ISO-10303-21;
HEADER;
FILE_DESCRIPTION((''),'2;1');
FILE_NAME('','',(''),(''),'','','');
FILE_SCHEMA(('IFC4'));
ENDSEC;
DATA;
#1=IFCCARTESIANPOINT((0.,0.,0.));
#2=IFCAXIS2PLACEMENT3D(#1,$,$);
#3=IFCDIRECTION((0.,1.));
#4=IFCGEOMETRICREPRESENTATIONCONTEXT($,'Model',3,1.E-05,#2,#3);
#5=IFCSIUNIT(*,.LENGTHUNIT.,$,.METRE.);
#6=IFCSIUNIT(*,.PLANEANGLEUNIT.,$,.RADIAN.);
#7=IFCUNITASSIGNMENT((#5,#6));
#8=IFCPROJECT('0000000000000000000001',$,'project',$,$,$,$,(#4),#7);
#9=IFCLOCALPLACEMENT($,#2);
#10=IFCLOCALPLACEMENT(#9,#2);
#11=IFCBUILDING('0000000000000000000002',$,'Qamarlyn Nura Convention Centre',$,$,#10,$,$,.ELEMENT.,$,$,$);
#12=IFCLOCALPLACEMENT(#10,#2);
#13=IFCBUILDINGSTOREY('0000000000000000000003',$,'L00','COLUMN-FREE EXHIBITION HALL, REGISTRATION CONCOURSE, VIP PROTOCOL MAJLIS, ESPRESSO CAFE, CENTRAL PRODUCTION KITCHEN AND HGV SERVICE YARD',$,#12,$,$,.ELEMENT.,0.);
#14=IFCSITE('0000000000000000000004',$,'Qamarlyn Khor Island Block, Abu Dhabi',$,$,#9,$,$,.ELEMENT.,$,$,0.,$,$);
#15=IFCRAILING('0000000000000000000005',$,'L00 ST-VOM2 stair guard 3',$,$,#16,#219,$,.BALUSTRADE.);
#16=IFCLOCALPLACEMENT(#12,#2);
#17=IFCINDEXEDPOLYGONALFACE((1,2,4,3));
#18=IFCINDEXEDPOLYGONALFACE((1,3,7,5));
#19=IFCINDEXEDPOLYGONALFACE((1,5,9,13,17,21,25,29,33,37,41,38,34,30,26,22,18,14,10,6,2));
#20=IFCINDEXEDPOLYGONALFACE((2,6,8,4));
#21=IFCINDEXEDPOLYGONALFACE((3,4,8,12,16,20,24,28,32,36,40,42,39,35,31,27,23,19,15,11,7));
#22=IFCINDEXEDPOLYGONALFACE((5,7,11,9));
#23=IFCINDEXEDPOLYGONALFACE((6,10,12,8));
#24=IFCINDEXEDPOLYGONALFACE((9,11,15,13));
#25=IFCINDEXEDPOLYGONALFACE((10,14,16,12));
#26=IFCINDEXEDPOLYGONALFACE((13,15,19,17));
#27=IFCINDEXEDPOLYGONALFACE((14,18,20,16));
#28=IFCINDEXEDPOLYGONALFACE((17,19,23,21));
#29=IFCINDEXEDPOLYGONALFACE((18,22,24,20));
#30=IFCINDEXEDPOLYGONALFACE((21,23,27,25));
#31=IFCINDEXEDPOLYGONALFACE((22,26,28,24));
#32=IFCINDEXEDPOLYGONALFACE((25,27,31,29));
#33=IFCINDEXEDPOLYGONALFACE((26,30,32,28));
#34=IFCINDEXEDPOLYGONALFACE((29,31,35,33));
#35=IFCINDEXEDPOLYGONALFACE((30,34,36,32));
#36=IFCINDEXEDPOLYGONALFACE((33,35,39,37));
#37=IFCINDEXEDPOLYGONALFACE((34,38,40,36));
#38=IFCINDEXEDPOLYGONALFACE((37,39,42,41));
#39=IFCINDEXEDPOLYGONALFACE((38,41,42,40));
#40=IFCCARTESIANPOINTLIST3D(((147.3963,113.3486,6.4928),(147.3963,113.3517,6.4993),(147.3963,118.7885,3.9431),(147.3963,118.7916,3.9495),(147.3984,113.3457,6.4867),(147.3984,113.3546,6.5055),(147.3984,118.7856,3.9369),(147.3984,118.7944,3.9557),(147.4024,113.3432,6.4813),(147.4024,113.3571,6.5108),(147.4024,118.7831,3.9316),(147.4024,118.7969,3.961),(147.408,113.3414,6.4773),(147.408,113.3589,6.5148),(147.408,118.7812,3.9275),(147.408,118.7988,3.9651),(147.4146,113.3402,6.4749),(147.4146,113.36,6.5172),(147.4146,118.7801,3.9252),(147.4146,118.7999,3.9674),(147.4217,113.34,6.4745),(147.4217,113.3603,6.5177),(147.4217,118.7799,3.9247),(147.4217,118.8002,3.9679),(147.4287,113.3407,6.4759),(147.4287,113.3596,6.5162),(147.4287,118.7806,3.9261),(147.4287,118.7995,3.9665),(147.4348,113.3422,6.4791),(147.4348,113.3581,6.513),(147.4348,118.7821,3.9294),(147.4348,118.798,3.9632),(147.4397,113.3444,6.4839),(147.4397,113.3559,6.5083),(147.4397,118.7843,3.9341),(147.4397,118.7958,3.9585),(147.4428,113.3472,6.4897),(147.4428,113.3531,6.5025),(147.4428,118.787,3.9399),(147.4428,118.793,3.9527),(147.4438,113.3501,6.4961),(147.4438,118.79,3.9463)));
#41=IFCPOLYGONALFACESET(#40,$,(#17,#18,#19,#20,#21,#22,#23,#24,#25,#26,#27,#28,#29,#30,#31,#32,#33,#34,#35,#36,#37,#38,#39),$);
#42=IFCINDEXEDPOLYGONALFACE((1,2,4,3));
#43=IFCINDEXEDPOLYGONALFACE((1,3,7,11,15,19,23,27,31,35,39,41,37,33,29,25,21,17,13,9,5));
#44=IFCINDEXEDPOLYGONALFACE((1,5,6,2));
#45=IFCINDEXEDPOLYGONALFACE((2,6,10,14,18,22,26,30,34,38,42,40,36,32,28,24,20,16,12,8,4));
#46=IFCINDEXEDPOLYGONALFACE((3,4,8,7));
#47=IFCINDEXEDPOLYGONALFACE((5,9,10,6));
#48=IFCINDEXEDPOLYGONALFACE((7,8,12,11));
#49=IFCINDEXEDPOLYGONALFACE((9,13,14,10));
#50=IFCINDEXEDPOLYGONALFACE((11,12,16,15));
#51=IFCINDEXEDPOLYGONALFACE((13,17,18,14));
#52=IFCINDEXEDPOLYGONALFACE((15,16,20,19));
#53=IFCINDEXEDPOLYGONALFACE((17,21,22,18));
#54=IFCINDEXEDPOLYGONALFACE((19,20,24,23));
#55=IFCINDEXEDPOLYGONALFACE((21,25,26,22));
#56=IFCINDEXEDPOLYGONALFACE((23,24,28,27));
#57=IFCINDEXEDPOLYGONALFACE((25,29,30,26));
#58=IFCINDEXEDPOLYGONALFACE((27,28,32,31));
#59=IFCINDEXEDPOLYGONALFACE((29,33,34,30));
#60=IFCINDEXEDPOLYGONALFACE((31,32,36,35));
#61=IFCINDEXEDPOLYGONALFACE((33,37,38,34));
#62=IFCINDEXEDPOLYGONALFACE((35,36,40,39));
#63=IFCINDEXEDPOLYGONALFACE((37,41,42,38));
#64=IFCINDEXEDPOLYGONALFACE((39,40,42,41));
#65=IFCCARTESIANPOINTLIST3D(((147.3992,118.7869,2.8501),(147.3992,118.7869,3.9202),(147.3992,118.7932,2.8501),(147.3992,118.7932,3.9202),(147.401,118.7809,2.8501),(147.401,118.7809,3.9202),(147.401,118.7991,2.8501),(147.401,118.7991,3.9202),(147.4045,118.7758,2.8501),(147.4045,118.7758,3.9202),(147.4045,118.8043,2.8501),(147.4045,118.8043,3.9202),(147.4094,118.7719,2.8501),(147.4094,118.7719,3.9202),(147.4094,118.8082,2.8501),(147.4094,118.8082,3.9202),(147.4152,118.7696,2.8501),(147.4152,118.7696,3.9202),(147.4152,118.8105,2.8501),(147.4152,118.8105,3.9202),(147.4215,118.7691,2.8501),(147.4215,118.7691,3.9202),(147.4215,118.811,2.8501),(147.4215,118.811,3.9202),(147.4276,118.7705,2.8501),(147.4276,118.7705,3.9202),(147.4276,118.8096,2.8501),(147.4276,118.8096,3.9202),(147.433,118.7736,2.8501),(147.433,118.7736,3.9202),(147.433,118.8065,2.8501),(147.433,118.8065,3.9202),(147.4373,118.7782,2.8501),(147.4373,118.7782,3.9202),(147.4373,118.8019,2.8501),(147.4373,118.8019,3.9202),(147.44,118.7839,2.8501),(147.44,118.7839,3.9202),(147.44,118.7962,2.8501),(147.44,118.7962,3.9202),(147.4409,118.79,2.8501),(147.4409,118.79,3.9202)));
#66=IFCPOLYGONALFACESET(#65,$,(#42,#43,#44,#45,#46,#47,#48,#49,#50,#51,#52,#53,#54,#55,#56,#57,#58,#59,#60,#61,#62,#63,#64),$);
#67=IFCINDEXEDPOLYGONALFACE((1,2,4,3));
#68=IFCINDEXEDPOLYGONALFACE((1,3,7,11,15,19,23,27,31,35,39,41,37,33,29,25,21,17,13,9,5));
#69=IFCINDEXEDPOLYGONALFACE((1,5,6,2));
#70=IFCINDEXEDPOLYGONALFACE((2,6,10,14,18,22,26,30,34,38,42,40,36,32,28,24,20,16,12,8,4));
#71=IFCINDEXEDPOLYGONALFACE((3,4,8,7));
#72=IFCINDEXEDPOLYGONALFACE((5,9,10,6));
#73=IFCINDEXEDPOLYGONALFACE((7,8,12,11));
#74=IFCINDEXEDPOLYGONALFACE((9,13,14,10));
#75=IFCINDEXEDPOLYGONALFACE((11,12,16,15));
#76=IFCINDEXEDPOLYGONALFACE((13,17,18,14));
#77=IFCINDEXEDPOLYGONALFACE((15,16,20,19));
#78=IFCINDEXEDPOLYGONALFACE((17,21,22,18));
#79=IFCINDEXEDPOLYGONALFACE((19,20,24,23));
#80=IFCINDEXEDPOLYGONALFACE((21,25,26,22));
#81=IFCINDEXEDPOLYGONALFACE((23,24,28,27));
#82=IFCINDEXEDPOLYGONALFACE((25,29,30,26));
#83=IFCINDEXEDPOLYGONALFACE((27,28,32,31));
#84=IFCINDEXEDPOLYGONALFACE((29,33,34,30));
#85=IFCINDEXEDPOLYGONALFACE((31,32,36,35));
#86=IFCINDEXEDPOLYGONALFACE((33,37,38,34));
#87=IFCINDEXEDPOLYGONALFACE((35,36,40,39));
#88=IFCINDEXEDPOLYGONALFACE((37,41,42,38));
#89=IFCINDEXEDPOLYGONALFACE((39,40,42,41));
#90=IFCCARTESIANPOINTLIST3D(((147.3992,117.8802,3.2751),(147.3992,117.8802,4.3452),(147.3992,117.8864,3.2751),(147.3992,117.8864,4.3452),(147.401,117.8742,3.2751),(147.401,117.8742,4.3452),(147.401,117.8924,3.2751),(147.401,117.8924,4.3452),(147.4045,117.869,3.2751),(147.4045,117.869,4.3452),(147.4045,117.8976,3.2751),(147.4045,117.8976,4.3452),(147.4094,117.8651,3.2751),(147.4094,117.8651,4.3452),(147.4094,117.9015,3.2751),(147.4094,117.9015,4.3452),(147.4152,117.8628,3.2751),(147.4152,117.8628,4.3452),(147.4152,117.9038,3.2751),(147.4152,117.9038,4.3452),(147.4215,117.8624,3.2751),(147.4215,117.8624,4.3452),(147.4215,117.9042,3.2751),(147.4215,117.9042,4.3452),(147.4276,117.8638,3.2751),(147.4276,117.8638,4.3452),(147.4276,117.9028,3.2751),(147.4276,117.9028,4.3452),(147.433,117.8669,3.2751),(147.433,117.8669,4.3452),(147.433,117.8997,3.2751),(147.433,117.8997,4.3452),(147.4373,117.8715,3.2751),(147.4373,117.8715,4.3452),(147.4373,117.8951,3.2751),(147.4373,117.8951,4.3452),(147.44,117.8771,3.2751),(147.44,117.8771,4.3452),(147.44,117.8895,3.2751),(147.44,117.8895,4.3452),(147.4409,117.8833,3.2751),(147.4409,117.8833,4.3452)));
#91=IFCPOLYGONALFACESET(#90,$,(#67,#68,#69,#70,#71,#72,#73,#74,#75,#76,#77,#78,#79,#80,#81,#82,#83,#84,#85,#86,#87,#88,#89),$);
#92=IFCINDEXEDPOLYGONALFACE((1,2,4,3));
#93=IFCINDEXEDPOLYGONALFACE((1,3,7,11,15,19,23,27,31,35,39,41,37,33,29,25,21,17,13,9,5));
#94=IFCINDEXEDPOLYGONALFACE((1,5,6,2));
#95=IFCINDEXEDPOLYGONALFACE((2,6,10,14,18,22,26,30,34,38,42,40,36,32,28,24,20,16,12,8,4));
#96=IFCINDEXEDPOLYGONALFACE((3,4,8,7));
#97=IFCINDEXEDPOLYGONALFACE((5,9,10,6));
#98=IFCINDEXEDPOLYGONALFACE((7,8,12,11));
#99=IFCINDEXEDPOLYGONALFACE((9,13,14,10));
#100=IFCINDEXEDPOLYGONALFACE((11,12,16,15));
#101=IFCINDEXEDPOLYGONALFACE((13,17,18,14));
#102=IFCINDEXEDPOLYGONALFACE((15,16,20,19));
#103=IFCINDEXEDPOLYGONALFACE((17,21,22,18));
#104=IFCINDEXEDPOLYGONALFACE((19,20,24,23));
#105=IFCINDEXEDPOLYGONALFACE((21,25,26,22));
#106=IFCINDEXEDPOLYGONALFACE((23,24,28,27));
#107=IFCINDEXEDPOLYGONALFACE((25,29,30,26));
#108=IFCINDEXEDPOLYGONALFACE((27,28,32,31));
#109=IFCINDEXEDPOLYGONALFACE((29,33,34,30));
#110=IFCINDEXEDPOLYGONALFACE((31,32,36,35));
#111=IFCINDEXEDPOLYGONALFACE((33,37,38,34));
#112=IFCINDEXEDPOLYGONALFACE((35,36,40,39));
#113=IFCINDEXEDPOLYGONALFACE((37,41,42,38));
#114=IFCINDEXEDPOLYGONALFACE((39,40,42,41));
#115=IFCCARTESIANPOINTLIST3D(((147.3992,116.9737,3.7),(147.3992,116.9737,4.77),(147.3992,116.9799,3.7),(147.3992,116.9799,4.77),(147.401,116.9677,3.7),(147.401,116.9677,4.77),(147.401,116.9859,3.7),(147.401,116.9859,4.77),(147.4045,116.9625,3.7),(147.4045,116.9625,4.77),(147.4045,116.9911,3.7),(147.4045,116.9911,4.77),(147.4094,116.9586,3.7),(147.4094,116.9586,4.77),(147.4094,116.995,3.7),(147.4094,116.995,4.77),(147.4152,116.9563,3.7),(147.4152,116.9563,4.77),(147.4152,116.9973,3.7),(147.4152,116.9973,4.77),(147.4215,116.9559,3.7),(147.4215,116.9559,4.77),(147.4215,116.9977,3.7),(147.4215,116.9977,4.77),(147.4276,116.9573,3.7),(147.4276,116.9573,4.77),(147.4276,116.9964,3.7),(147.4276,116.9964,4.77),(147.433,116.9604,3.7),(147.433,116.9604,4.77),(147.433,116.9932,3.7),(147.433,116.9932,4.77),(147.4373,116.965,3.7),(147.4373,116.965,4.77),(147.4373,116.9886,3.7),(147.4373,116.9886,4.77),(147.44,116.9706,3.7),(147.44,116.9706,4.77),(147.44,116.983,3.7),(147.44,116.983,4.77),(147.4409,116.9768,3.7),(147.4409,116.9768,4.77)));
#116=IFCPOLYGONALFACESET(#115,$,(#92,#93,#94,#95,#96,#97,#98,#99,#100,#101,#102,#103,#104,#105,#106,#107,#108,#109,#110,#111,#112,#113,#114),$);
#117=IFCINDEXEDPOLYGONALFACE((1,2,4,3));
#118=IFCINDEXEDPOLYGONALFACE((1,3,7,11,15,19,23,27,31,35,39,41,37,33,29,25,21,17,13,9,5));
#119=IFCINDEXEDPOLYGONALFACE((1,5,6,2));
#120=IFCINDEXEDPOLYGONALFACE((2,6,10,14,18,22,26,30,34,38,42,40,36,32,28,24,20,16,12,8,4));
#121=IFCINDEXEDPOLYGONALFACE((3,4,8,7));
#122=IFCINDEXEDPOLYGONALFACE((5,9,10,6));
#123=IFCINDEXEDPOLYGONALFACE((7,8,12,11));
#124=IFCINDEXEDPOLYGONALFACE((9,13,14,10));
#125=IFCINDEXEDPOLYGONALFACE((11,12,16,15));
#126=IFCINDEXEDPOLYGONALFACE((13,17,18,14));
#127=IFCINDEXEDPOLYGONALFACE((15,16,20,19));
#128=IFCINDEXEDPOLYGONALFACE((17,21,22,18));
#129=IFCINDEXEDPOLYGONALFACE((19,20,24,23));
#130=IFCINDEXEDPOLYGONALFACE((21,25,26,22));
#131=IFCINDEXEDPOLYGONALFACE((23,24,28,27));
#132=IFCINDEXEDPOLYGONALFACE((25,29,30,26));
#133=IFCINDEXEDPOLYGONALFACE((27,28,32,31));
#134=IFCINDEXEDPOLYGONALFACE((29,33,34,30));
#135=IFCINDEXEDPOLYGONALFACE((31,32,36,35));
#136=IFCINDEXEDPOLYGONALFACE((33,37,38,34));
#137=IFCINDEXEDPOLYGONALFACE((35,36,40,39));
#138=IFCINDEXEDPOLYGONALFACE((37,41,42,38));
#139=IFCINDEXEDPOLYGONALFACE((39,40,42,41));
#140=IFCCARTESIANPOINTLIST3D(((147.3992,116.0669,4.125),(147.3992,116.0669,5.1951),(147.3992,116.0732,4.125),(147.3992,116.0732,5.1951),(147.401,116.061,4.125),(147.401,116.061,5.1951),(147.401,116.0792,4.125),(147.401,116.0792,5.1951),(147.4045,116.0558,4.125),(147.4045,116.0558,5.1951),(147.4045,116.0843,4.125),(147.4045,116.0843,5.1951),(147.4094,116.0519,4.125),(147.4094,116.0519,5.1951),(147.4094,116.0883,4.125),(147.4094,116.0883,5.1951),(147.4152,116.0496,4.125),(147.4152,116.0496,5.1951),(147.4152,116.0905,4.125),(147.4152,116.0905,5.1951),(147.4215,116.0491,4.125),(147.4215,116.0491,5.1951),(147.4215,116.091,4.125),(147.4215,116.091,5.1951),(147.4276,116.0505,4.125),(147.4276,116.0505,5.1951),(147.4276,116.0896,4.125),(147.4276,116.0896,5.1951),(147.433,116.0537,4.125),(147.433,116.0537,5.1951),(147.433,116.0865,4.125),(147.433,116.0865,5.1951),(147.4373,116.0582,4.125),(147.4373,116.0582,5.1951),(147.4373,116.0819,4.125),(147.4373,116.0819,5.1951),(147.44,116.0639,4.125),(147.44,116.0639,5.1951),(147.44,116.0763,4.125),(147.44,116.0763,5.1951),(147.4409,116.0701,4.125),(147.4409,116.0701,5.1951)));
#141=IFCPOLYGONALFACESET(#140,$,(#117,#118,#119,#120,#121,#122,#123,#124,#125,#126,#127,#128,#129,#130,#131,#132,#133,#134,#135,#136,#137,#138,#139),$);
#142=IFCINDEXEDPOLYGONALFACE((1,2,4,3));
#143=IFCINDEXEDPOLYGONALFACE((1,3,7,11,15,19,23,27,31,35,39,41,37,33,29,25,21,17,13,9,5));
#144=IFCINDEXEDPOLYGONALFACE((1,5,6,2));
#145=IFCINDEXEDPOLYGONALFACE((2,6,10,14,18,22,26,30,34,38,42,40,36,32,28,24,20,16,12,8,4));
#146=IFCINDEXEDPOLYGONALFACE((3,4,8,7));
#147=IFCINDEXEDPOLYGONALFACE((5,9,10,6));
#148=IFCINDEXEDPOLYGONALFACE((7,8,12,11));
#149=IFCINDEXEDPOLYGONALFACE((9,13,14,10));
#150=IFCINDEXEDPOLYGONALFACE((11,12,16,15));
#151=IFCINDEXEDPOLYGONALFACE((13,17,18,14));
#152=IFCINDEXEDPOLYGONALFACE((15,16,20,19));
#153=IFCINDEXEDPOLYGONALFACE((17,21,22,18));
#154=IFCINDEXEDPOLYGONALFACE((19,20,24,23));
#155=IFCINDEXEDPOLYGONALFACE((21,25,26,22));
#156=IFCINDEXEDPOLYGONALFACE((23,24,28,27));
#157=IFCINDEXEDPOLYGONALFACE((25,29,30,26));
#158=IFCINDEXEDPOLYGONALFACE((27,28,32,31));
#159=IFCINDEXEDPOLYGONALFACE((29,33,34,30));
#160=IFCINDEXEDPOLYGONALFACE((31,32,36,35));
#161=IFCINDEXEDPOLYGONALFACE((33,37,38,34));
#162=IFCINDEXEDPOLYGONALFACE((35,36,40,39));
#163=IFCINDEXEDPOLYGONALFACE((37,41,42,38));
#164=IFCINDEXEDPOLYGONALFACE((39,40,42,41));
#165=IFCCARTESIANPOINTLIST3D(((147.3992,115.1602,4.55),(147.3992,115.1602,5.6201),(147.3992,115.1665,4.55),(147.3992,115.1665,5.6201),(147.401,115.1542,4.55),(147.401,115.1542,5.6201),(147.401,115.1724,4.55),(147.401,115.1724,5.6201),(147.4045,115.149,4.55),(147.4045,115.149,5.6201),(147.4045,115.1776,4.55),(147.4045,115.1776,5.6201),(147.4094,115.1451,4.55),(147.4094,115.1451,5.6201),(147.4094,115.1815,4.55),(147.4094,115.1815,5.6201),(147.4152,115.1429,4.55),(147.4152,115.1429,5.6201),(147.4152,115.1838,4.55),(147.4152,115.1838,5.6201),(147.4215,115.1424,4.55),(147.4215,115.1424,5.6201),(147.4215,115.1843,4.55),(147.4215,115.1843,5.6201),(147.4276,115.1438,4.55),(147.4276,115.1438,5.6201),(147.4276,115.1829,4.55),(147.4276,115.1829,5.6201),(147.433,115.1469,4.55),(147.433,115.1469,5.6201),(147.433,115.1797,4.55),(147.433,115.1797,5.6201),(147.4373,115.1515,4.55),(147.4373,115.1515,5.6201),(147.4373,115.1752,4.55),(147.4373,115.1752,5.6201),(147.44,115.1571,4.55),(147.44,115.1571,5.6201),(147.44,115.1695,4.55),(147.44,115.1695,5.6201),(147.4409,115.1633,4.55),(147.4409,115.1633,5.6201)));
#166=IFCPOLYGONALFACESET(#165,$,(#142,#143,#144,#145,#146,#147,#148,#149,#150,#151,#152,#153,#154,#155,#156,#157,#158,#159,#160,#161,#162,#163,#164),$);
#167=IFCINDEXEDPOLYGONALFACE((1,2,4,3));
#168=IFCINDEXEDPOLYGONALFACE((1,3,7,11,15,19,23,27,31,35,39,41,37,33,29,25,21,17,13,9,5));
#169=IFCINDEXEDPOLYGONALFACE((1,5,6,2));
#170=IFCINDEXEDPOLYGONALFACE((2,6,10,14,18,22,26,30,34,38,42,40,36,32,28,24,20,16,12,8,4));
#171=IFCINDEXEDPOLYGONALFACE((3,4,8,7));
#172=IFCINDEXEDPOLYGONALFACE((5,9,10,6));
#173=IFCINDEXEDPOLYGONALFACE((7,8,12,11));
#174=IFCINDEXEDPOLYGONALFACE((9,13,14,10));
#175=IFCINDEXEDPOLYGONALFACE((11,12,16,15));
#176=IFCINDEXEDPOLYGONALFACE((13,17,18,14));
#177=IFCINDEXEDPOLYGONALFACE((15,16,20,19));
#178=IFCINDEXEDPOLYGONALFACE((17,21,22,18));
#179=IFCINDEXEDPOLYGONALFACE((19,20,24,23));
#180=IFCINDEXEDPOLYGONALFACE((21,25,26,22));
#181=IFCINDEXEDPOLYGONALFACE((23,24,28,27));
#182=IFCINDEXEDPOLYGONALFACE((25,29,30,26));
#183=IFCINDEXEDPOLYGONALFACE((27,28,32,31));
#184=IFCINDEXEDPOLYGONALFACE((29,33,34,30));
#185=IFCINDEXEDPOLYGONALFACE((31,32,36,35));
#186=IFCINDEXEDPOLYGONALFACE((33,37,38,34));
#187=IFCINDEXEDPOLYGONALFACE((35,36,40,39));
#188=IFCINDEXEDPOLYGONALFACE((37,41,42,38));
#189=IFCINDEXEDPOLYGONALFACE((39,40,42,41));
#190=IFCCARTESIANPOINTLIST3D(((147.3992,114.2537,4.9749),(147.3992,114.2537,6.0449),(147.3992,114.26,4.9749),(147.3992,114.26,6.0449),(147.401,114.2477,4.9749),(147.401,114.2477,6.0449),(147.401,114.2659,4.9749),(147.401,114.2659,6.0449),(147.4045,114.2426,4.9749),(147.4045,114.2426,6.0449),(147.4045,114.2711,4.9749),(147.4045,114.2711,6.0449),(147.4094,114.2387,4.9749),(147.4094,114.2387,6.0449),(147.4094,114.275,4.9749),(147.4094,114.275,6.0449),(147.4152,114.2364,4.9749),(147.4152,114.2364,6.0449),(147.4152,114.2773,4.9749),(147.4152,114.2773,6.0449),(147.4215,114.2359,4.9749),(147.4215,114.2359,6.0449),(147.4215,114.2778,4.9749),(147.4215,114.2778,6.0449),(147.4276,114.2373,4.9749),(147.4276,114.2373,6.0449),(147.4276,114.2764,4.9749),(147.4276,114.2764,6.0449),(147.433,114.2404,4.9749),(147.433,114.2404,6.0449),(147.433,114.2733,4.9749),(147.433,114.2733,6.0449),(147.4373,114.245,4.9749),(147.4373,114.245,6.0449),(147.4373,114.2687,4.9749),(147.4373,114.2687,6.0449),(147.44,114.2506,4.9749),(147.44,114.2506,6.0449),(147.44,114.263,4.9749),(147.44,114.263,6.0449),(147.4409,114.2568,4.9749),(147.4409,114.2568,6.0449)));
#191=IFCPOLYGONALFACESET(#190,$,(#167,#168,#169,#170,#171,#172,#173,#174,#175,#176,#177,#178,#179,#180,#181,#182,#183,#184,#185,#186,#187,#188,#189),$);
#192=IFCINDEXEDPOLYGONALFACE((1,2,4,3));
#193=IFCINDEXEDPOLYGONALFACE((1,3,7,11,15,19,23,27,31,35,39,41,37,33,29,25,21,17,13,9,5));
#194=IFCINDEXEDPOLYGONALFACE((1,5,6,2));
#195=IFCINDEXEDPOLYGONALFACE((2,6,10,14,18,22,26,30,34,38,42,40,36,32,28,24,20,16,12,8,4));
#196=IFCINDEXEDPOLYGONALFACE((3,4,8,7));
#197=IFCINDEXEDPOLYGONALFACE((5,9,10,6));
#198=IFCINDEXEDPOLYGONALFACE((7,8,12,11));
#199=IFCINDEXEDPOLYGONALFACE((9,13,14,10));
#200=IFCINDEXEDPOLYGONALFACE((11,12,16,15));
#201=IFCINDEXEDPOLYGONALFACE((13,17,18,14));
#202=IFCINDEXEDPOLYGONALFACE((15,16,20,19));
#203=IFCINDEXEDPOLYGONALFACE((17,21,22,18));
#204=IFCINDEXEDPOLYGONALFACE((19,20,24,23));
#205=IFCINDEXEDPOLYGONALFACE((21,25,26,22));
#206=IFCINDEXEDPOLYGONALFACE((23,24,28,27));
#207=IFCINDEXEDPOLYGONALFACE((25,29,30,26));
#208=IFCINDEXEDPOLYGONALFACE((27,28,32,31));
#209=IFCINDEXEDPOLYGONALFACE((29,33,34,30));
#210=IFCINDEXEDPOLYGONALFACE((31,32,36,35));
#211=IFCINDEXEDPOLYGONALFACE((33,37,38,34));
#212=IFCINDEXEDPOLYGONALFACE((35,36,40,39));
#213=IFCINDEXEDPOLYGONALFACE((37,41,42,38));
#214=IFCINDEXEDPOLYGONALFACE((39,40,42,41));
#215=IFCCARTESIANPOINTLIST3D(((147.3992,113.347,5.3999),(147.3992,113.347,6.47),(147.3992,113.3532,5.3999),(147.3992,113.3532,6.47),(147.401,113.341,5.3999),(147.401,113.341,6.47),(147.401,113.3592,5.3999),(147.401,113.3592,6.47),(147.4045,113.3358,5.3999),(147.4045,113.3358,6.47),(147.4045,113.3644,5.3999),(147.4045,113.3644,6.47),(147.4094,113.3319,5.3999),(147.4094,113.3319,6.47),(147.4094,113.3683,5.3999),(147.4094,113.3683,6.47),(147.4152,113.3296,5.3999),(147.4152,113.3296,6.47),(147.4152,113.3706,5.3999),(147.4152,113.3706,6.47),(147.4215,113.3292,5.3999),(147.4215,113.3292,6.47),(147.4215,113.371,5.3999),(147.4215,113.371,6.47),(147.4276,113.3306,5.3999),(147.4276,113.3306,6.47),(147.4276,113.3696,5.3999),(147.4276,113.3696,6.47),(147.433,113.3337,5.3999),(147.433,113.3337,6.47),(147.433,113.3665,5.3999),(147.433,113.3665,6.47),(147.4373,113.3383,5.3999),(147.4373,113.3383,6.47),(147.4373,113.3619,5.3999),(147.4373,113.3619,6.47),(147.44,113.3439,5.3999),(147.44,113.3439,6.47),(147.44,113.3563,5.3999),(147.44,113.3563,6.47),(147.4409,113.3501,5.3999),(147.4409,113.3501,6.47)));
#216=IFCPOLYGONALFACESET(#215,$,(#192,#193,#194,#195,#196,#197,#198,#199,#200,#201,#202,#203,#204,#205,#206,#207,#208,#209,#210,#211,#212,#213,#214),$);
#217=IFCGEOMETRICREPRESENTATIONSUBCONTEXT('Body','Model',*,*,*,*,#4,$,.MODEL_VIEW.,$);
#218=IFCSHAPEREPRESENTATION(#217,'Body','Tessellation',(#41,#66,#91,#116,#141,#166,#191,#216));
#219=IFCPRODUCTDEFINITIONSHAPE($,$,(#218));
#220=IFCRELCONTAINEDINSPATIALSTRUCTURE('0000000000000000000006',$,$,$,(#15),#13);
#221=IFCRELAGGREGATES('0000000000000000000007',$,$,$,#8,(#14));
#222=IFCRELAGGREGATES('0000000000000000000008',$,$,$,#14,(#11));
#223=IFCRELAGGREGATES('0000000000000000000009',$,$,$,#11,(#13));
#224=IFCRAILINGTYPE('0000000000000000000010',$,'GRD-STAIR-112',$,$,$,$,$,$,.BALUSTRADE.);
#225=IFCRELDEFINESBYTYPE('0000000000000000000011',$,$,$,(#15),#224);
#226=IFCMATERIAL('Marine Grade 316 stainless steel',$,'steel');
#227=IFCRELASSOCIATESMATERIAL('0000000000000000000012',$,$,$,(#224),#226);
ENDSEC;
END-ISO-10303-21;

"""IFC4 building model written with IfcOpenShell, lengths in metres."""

from ifc_helpers import new_model, si_unit, direction, frame, origin, origin_2d, place, context, subcontext, project, spatial, circle, extrude, material, type_object, element, save


model = new_model("IFC4")

# Units and contexts
model_context = context("Model", 3, precision=1e-05, world=origin(), true_north=direction((0.0, 1.0)))
body_context = subcontext(model_context, "Body", "Model", "MODEL_VIEW")
ifc_project = project(units=[si_unit("LENGTHUNIT", "METRE"), si_unit("PLANEANGLEUNIT", "RADIAN")], contexts=[model_context])

# Site, building, storey
site_placement = place(None, origin())
site = spatial("IfcSite", under=ifc_project, at=site_placement, Name="Qamarlyn Khor Island Block, Abu Dhabi", CompositionType="ELEMENT", RefElevation=0.0)
building_placement = place(site_placement, origin())
building = spatial("IfcBuilding", under=site, at=building_placement, Name="Qamarlyn Nura Convention Centre", CompositionType="ELEMENT")
storey_placement = place(building_placement, origin())
storey = spatial("IfcBuildingStorey", under=building, at=storey_placement, Name="L00", Description="COLUMN-FREE EXHIBITION HALL, REGISTRATION CONCOURSE, VIP PROTOCOL MAJLIS, ESPRESSO CAFE, CENTRAL PRODUCTION KITCHEN AND HGV SERVICE YARD", CompositionType="ELEMENT", Elevation=0.0)

# Railing
ifc_material_1 = material(Name="Marine Grade 316 stainless steel", Category="steel")
railing_type_1 = type_object("IfcRailingType", Name="GRD-STAIR-112", PredefinedType="BALUSTRADE", material=ifc_material_1)
railing_1_placement = place(storey_placement, frame((147.4199, 118.79, 2.8501)))
element("IfcRailing", 1, at=railing_1_placement, inside=storey, type_object=railing_type_1, Name="L00 ST-VOM2 stair guard 3", PredefinedType="BALUSTRADE", context=body_context, shape_type="SweptSolid", body=[
    extrude(circle(Radius=0.0239, at=origin_2d()), frame((0.0, 0.0, 1.0962), z_axis=(0.0, -0.90547, 0.424411), x_axis=(1.0, 0.0, 0.0)), (0.0, 0.0, 1.0), 6.0078),
    extrude(circle(Radius=0.021, at=origin_2d()), origin(), (0.0, 0.0, 1.0), 1.0701),
    extrude(circle(Radius=0.021, at=origin_2d()), frame((0.0, -0.9067, 0.425)), (0.0, 0.0, 1.0), 1.0701),
    extrude(circle(Radius=0.021, at=origin_2d()), frame((0.0, -1.8132, 0.8499)), (0.0, 0.0, 1.0), 1.0701),
    extrude(circle(Radius=0.021, at=origin_2d()), frame((0.0, -2.72, 1.2749)), (0.0, 0.0, 1.0), 1.0701),
    extrude(circle(Radius=0.021, at=origin_2d()), frame((0.0, -3.6267, 1.7)), (0.0, 0.0, 1.0), 1.0701),
    extrude(circle(Radius=0.021, at=origin_2d()), frame((0.0, -4.5332, 2.1248)), (0.0, 0.0, 1.0), 1.0701),
    extrude(circle(Radius=0.021, at=origin_2d()), frame((0.0, -5.4399, 2.5498)), (0.0, 0.0, 1.0), 1.0701),
])

save(model, "model.ifc")
